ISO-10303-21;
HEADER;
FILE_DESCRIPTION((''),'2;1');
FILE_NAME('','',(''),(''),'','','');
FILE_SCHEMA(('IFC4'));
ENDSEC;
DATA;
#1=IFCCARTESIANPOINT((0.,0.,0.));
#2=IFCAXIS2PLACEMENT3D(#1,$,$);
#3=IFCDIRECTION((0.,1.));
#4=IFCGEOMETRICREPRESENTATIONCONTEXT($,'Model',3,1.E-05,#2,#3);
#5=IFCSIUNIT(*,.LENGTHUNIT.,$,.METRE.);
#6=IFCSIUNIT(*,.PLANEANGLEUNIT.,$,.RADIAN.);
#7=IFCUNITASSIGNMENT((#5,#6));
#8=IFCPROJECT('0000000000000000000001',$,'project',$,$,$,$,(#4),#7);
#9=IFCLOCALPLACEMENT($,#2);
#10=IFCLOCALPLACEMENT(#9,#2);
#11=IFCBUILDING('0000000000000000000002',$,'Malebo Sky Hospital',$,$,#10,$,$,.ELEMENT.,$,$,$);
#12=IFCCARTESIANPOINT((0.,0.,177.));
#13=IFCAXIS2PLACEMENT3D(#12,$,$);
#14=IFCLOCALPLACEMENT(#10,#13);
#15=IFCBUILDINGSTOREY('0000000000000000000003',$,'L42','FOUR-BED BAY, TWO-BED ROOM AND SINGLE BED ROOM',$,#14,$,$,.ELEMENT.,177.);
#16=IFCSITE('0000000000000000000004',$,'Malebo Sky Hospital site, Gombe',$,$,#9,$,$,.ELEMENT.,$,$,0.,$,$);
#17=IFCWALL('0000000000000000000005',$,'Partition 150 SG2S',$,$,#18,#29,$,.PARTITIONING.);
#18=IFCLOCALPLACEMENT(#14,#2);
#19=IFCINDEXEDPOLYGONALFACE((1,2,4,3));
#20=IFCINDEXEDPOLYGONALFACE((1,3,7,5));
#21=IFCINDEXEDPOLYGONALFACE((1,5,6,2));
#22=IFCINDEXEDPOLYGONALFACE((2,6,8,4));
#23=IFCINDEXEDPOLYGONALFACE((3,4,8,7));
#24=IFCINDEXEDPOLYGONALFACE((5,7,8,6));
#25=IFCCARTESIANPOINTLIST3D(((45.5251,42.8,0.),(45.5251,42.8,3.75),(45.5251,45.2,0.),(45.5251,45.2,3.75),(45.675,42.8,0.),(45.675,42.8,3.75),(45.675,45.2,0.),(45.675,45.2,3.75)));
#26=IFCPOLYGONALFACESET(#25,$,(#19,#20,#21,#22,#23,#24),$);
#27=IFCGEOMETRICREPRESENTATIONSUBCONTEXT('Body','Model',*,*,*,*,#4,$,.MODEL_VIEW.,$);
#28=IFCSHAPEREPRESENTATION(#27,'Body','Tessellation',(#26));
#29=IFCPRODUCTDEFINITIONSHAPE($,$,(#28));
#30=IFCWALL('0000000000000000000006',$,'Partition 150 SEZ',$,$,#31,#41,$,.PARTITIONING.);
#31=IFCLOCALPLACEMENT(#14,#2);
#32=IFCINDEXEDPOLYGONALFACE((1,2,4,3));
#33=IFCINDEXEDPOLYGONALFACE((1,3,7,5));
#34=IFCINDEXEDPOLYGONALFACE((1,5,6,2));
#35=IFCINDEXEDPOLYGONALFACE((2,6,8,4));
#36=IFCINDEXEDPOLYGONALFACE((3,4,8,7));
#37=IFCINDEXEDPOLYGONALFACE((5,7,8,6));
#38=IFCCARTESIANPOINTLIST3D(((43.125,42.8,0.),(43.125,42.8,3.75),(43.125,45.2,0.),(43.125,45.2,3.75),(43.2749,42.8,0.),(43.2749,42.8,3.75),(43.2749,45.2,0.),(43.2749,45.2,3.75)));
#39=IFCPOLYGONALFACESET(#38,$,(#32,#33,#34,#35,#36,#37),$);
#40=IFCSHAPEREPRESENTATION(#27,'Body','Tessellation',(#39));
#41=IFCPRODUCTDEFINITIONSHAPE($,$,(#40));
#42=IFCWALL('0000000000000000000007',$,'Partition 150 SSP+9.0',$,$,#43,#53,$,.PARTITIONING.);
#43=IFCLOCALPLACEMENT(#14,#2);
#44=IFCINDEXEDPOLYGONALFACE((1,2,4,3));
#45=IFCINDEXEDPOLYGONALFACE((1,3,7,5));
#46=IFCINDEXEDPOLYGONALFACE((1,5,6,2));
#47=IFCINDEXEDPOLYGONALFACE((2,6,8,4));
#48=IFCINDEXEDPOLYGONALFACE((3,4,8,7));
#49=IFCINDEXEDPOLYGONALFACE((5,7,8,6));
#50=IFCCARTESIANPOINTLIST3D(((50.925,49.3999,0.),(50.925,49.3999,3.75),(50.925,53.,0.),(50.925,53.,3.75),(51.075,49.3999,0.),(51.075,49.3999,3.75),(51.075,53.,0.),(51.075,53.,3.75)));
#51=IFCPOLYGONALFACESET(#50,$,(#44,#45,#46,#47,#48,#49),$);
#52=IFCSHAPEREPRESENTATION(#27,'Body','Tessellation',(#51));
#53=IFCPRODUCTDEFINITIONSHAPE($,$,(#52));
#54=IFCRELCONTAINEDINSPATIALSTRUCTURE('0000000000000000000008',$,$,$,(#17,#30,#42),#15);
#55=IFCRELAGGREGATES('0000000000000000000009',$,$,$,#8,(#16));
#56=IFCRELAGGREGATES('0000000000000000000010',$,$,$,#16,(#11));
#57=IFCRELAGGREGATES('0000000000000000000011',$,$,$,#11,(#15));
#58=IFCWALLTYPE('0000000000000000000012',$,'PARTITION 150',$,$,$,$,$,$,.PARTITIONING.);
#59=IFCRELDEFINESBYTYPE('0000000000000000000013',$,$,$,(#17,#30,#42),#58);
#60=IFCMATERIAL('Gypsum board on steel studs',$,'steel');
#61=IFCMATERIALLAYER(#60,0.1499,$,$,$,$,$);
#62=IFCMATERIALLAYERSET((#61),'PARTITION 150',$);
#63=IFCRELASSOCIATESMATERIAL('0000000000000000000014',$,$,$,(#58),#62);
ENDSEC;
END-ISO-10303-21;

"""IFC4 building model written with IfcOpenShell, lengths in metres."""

from ifc_helpers import new_model, si_unit, direction, frame, frame_2d, origin, place, context, subcontext, project, spatial, rectangle, extrude, material, layer, layer_set, type_object, element, save


model = new_model("IFC4")

# Units and contexts
model_context = context("Model", 3, precision=1e-05, world=origin(), true_north=direction((0.0, 1.0)))
body_context = subcontext(model_context, "Body", "Model", "MODEL_VIEW")
ifc_project = project(units=[si_unit("LENGTHUNIT", "METRE"), si_unit("PLANEANGLEUNIT", "RADIAN")], contexts=[model_context])

# Site, building, storey
site_placement = place(None, origin())
site = spatial("IfcSite", under=ifc_project, at=site_placement, Name="Malebo Sky Hospital site, Gombe", CompositionType="ELEMENT", RefElevation=0.0)
building_placement = place(site_placement, origin())
building = spatial("IfcBuilding", under=site, at=building_placement, Name="Malebo Sky Hospital", CompositionType="ELEMENT")
storey_placement = place(building_placement, frame((0.0, 0.0, 177.0)))
storey = spatial("IfcBuildingStorey", under=building, at=storey_placement, Name="L42", Description="FOUR-BED BAY, TWO-BED ROOM AND SINGLE BED ROOM", CompositionType="ELEMENT", Elevation=177.0)

# Shared definitions
ifc_material_1 = material(Name="Gypsum board on steel studs", Category="steel")

# Walls
ifc_layer_1 = layer(ifc_material_1, 0.1499)
ifc_layer_set_1 = layer_set([ifc_layer_1], Name="PARTITION 150")
wall_type_1 = type_object("IfcWallType", Name="PARTITION 150", PredefinedType="PARTITIONING", material=ifc_layer_set_1)
for number, where, z_axis, x_axis, name in (
    (1, (45.6001, 45.2, 0.0), (0.0, 0.0, 1.0), (0.0, -1.0, 0.0), "Partition 150 SG2S"),
    (2, (43.2, 45.2, 0.0), (0.0, 0.0, 1.0), (0.0, -1.0, 0.0), "Partition 150 SEZ"),
):
    element("IfcWall", number, at=place(storey_placement, frame(where, z_axis=z_axis, x_axis=x_axis)), inside=storey, type_object=wall_type_1, Name=name, PredefinedType="PARTITIONING", context=body_context, shape_type="SweptSolid", body=[
        extrude(rectangle(XDim=2.3999, YDim=0.1499, at=frame_2d((1.2, 0.0))), origin(), (0.0, 0.0, 1.0), 3.75),
    ])
wall_1_placement = place(storey_placement, frame((51.0, 53.0, 0.0), z_axis=(0.0, 0.0, 1.0), x_axis=(0.0, -1.0, 0.0)))
element("IfcWall", 3, at=wall_1_placement, inside=storey, type_object=wall_type_1, Name="Partition 150 SSP+9.0", PredefinedType="PARTITIONING", context=body_context, shape_type="SweptSolid", body=[
    extrude(rectangle(XDim=3.6001, YDim=0.1499, at=frame_2d((1.8, 0.0))), origin(), (0.0, 0.0, 1.0), 3.75),
])

save(model, "model.ifc")
